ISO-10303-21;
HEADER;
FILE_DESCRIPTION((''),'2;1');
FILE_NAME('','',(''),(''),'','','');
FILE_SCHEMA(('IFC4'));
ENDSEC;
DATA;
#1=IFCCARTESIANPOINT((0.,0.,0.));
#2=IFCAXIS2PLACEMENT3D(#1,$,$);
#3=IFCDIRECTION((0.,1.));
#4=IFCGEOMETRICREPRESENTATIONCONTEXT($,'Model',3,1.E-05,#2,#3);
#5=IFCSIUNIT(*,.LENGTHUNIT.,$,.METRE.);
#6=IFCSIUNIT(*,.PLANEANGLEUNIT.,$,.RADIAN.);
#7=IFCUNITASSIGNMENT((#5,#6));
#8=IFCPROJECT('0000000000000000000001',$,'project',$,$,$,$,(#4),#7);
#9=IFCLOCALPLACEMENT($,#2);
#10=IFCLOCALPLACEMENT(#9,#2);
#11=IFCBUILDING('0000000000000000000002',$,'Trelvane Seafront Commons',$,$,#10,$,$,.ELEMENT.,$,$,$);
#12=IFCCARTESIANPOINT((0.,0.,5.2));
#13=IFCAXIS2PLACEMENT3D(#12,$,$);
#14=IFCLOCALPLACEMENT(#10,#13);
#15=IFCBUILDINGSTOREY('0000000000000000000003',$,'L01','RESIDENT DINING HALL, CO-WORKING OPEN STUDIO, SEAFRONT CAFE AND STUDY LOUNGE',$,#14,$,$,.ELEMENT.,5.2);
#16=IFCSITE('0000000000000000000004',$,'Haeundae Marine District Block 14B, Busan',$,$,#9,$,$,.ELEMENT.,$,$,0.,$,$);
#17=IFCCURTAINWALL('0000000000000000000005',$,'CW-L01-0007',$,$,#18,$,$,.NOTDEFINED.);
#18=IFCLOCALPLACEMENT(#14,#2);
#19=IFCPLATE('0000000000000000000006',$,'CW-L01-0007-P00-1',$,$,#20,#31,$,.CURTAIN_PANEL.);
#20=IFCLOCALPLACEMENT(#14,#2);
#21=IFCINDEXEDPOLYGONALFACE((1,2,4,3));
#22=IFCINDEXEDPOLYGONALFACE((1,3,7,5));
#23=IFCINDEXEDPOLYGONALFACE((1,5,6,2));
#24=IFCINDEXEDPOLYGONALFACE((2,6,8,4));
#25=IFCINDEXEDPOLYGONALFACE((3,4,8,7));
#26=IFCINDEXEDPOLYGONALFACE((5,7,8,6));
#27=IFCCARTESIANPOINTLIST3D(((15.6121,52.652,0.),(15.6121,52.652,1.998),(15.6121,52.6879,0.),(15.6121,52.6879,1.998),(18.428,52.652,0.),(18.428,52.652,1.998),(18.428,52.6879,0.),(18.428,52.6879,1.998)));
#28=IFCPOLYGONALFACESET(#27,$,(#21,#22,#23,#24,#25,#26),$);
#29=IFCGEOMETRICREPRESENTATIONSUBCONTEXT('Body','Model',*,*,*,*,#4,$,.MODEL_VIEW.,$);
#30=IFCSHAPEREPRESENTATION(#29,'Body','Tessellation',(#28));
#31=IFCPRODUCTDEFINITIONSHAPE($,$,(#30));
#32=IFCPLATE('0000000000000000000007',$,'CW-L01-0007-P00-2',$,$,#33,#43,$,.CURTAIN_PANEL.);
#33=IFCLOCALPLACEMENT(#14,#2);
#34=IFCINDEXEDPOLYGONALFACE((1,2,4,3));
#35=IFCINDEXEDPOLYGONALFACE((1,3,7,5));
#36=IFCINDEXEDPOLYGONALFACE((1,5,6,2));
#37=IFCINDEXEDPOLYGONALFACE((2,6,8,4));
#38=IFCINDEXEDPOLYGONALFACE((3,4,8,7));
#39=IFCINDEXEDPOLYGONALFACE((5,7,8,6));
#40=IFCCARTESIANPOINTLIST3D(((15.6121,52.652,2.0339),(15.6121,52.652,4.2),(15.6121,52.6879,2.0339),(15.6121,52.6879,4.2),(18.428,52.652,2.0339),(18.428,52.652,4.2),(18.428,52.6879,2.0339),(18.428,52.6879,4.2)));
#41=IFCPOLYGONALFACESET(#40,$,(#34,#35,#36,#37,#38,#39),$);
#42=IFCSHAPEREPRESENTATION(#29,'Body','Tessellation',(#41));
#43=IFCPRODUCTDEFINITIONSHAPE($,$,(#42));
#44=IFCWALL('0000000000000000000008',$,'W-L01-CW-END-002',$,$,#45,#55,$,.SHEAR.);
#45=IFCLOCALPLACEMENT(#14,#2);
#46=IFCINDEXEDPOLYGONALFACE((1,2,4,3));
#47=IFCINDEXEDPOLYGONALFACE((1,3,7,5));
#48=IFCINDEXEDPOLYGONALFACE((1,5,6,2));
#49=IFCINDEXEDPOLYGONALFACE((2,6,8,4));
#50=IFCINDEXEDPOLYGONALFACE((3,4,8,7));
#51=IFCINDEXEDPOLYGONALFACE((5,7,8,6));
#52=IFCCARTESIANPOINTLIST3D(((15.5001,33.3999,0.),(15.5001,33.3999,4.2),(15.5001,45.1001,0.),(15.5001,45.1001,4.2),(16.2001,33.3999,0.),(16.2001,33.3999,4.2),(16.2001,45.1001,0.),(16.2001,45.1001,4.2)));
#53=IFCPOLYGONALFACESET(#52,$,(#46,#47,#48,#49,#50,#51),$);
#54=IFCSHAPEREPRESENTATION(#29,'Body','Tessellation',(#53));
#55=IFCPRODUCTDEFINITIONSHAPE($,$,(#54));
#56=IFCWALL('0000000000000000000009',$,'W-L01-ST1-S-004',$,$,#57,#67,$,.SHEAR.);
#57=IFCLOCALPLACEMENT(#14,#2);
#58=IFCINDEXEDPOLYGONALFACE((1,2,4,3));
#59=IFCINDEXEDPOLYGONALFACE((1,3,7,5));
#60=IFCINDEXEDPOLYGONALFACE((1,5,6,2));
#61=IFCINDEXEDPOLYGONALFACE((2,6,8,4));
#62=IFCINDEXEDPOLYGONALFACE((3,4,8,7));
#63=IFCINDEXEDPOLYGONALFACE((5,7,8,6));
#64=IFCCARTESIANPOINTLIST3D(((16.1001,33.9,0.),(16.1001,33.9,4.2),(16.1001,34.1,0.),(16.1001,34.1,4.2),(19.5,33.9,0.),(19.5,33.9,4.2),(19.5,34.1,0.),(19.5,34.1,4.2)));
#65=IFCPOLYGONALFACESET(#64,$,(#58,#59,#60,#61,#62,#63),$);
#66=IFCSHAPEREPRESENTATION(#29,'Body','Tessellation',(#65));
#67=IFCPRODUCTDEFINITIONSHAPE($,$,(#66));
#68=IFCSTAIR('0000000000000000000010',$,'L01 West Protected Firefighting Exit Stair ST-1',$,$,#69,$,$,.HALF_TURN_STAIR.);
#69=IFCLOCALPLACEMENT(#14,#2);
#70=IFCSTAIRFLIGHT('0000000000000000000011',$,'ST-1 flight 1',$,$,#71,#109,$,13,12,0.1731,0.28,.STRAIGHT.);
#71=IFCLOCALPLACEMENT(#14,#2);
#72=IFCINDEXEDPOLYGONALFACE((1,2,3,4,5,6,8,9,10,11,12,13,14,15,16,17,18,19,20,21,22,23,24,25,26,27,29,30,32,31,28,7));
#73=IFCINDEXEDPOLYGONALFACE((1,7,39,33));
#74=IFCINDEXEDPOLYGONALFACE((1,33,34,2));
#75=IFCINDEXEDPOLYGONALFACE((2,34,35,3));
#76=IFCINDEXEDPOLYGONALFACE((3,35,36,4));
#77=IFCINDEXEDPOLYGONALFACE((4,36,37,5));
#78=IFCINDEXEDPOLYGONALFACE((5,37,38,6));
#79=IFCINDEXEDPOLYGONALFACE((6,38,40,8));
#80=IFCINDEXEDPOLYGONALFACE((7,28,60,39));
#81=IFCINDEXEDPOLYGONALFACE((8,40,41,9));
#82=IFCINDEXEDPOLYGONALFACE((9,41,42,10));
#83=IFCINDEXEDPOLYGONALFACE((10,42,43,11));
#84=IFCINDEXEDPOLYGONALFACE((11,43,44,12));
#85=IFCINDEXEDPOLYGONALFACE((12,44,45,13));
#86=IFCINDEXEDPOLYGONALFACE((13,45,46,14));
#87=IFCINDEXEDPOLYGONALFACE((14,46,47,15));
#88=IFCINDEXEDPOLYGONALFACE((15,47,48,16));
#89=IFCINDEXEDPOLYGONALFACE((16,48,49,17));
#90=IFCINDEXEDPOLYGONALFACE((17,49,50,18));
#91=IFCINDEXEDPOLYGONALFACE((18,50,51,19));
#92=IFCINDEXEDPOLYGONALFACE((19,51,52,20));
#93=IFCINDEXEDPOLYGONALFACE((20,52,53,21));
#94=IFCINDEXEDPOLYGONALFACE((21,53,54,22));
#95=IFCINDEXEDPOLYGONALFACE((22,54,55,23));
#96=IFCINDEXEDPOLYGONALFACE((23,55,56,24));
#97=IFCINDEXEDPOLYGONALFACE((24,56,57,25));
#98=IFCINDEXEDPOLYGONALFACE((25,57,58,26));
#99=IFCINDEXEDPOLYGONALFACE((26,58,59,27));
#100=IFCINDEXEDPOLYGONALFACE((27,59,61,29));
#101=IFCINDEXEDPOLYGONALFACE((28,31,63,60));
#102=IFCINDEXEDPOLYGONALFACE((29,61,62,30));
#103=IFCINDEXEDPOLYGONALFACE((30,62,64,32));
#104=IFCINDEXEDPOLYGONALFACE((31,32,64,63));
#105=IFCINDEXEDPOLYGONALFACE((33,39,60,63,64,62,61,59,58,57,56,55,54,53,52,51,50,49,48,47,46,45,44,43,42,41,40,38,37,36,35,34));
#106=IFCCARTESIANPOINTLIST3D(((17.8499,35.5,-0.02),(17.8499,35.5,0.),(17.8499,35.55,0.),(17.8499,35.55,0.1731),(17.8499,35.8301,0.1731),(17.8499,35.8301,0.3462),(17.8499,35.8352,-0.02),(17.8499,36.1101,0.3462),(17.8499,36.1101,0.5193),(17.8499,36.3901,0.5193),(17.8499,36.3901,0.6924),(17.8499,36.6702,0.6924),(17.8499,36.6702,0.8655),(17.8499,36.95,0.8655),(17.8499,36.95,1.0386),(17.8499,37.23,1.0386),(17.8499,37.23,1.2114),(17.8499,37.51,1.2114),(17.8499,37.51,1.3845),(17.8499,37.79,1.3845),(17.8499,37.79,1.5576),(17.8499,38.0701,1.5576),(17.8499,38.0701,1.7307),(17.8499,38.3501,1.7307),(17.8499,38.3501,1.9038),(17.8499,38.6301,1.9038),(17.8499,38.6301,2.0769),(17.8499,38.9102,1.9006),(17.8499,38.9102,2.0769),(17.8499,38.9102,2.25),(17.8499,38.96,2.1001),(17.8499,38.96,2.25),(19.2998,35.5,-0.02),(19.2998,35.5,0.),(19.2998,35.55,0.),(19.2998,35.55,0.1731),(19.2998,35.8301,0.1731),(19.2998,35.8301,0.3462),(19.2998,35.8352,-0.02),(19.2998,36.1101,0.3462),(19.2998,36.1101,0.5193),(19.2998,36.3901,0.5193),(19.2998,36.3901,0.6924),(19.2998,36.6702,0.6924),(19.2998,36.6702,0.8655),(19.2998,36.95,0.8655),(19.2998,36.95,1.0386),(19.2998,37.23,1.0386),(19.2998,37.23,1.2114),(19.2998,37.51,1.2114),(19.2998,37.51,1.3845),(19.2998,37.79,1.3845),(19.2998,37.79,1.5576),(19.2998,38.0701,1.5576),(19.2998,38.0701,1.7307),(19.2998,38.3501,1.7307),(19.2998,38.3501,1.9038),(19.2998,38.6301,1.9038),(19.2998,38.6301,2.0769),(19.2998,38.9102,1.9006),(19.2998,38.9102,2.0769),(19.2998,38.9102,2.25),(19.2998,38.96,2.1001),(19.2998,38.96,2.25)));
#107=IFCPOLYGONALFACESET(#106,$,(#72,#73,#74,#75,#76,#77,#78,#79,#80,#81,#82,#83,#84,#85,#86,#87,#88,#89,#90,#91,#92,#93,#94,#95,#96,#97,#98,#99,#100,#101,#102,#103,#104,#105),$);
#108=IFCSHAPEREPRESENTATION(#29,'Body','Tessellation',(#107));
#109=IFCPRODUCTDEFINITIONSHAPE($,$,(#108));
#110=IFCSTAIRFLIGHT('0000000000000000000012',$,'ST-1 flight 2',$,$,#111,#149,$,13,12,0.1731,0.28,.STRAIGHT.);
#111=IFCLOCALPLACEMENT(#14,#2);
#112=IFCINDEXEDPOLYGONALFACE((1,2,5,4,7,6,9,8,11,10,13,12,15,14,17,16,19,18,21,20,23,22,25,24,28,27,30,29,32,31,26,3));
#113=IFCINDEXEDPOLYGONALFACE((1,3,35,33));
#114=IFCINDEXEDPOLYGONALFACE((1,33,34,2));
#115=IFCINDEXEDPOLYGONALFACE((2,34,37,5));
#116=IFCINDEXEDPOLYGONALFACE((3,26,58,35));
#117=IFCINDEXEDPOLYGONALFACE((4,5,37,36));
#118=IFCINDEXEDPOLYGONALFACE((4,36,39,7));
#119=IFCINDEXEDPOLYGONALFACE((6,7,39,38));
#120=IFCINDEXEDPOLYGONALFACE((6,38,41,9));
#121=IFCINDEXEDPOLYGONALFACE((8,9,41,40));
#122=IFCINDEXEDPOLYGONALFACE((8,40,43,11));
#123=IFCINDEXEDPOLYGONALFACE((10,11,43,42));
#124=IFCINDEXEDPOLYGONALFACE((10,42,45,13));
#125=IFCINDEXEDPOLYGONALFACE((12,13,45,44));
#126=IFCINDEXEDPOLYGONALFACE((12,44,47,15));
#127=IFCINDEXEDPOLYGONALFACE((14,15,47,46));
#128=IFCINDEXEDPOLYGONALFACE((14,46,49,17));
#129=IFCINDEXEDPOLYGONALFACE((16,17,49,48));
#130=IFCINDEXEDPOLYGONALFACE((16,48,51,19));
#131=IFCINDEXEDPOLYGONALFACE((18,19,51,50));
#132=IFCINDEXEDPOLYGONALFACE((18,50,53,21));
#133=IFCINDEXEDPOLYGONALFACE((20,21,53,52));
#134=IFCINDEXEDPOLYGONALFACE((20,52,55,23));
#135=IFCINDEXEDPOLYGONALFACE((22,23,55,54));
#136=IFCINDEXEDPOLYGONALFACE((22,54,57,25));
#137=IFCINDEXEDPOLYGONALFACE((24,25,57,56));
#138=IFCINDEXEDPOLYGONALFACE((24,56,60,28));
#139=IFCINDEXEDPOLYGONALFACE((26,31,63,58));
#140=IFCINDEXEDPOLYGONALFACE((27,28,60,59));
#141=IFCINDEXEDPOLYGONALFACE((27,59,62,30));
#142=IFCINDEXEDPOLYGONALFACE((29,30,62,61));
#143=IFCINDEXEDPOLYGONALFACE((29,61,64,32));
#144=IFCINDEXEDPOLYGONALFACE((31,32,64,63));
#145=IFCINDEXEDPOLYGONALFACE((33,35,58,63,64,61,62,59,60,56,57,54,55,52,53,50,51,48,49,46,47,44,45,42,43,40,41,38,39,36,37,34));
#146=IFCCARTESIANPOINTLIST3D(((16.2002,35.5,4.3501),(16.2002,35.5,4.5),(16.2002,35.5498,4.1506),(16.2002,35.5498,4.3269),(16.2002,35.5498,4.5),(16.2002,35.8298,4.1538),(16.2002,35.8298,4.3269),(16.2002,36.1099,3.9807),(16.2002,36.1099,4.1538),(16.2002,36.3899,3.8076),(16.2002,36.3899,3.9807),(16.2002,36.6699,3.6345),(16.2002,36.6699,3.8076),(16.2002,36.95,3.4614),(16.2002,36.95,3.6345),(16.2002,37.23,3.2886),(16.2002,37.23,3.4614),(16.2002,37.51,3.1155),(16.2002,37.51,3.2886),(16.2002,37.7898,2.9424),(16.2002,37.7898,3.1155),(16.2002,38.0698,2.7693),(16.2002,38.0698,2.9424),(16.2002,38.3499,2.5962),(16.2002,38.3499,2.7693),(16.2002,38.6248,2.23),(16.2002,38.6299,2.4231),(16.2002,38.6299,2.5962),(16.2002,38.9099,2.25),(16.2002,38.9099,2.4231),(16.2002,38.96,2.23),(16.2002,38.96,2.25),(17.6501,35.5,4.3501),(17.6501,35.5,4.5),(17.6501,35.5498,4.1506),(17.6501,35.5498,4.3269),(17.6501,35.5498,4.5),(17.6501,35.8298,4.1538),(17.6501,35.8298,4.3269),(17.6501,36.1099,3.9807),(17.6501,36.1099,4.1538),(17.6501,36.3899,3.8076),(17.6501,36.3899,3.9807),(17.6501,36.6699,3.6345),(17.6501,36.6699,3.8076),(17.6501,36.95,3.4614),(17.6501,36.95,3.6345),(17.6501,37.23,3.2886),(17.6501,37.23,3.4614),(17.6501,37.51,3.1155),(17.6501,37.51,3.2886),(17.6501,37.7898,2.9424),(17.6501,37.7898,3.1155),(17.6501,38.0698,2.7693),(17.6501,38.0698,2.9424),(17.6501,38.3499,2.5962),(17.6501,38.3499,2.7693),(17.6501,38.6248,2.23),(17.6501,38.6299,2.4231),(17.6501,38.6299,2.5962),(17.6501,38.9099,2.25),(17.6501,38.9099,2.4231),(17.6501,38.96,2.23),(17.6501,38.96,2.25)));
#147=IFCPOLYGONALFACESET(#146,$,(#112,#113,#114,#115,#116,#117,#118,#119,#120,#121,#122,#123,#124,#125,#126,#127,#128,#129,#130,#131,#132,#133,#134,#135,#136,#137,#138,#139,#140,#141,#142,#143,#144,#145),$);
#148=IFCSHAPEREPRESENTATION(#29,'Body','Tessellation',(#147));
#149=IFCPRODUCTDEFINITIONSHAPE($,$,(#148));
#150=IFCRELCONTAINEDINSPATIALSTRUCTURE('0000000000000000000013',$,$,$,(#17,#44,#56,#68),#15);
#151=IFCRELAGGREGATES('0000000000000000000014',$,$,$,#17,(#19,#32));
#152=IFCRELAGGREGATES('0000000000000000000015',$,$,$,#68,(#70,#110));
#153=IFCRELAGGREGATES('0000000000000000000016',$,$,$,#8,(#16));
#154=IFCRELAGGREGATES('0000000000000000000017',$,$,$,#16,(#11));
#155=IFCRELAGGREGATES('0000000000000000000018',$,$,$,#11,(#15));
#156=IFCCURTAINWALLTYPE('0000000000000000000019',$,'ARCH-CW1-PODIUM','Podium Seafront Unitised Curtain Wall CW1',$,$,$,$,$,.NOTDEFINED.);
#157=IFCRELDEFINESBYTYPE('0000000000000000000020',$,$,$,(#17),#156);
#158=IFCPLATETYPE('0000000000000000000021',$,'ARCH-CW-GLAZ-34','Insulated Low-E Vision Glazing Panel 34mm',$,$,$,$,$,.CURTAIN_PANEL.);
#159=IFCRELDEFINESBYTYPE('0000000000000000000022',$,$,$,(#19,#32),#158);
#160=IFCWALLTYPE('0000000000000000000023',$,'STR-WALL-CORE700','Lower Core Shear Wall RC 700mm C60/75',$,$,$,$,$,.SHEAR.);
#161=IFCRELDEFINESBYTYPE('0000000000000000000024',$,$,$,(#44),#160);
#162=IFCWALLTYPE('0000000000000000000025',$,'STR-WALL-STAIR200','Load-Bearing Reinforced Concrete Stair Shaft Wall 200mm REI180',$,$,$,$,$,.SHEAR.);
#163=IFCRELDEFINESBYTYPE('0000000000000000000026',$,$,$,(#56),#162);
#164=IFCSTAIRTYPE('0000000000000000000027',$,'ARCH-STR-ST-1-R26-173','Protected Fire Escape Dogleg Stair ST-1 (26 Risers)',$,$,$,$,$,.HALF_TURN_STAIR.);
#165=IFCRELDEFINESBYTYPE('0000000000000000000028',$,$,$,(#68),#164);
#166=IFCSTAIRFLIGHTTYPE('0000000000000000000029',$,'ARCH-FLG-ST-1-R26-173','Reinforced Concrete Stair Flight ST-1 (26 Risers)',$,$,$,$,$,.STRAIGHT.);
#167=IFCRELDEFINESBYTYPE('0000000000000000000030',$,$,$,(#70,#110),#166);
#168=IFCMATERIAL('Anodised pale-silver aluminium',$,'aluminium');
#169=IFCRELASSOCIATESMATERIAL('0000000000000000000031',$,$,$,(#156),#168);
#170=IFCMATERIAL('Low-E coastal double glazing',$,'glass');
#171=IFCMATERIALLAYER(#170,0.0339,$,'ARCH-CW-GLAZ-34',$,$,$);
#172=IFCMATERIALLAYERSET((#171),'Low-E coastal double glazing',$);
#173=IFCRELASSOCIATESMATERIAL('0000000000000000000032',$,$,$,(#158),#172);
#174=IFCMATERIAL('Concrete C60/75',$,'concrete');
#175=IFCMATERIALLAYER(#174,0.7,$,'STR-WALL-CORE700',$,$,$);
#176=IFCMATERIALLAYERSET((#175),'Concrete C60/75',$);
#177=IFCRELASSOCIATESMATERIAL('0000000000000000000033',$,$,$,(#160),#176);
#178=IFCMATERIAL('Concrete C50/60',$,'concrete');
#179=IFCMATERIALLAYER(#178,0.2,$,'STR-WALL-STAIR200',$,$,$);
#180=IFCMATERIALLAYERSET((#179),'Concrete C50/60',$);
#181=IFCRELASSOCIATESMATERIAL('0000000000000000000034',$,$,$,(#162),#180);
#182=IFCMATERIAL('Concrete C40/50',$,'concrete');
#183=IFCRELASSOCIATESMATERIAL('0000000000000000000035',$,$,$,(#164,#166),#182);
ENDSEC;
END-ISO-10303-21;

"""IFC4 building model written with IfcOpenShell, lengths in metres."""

from ifc_helpers import new_model, si_unit, direction, frame, frame_2d, origin, origin_2d, place, context, subcontext, project, spatial, polyline, rectangle, outline, extrude, source, transform, mapped, material, layer, layer_set, type_object, element, aggregate, save


model = new_model("IFC4")

# Units and contexts
model_context = context("Model", 3, precision=1e-05, world=origin(), true_north=direction((0.0, 1.0)))
body_context = subcontext(model_context, "Body", "Model", "MODEL_VIEW")
ifc_project = project(units=[si_unit("LENGTHUNIT", "METRE"), si_unit("PLANEANGLEUNIT", "RADIAN")], contexts=[model_context])

# Site, building, storey
site_placement = place(None, origin())
site = spatial("IfcSite", under=ifc_project, at=site_placement, Name="Haeundae Marine District Block 14B, Busan", CompositionType="ELEMENT", RefElevation=0.0)
building_placement = place(site_placement, origin())
building = spatial("IfcBuilding", under=site, at=building_placement, Name="Trelvane Seafront Commons", CompositionType="ELEMENT")
storey_placement = place(building_placement, frame((0.0, 0.0, 5.2)))
storey = spatial("IfcBuildingStorey", under=building, at=storey_placement, Name="L01", Description="RESIDENT DINING HALL, CO-WORKING OPEN STUDIO, SEAFRONT CAFE AND STUDY LOUNGE", CompositionType="ELEMENT", Elevation=5.2)

# Shared definitions
ifc_material_1 = material(Name="Concrete C60/75", Category="concrete")

# Shared definitions
ifc_material_2 = material(Name="Concrete C50/60", Category="concrete")

# Curtain wall, plates
ifc_material_3 = material(Name="Anodised pale-silver aluminium", Category="aluminium")
curtain_wall_type = type_object("IfcCurtainWallType", Name="ARCH-CW1-PODIUM", Description="Podium Seafront Unitised Curtain Wall CW1", PredefinedType="NOTDEFINED", material=ifc_material_3)
curtain_wall_placement = place(storey_placement, origin())
curtain_wall = element("IfcCurtainWall", 1, at=curtain_wall_placement, inside=storey, type_object=curtain_wall_type, Name="CW-L01-0007", PredefinedType="NOTDEFINED")
ifc_material_4 = material(Name="Low-E coastal double glazing", Category="glass")
ifc_layer_1 = layer(ifc_material_4, 0.0339, Name="ARCH-CW-GLAZ-34")
ifc_layer_set_1 = layer_set([ifc_layer_1], Name="Low-E coastal double glazing")
plate_type = type_object("IfcPlateType", Name="ARCH-CW-GLAZ-34", Description="Insulated Low-E Vision Glazing Panel 34mm", PredefinedType="CURTAIN_PANEL", material=ifc_layer_set_1)
shared_shape_1 = source(origin(), body_context, "Body", "SweptSolid", [
    extrude(rectangle(XDim=2.8159, YDim=0.0359, at=origin_2d()), origin(), (0.0, 0.0, 1.0), 1.998),
])
plate_1_placement = place(storey_placement, frame((17.02, 52.6699, 0.0), z_axis=(0.0, 0.0, 1.0), x_axis=(1.0, 0.0, 0.0)))
plate_1 = element("IfcPlate", 2, at=plate_1_placement, type_object=plate_type, Name="CW-L01-0007-P00-1", PredefinedType="CURTAIN_PANEL", context=body_context, shape_type="MappedRepresentation", body=[
    mapped(shared_shape_1, transform((0.0, 0.0, 0.0), x_axis=(1.0, 0.0, 0.0), y_axis=(0.0, 1.0, 0.0), z_axis=(0.0, 0.0, 1.0), scale=1.0)),
])
shared_shape_2 = source(origin(), body_context, "Body", "SweptSolid", [
    extrude(rectangle(XDim=2.8159, YDim=0.0359, at=origin_2d()), origin(), (0.0, 0.0, 1.0), 2.166),
])
plate_2_placement = place(storey_placement, frame((17.02, 52.6699, 2.0339), z_axis=(0.0, 0.0, 1.0), x_axis=(1.0, 0.0, 0.0)))
plate_2 = element("IfcPlate", 3, at=plate_2_placement, type_object=plate_type, Name="CW-L01-0007-P00-2", PredefinedType="CURTAIN_PANEL", context=body_context, shape_type="MappedRepresentation", body=[
    mapped(shared_shape_2, transform((0.0, 0.0, 0.0), x_axis=(1.0, 0.0, 0.0), y_axis=(0.0, 1.0, 0.0), z_axis=(0.0, 0.0, 1.0), scale=1.0)),
])
aggregate(curtain_wall, [plate_1, plate_2])

# Walls
ifc_layer_2 = layer(ifc_material_1, 0.7, Name="STR-WALL-CORE700")
ifc_layer_set_2 = layer_set([ifc_layer_2], Name="Concrete C60/75")
wall_type_1 = type_object("IfcWallType", Name="STR-WALL-CORE700", Description="Lower Core Shear Wall RC 700mm C60/75", PredefinedType="SHEAR", material=ifc_layer_set_2)
wall_1_placement = place(storey_placement, frame((15.8501, 33.3999, 0.0), z_axis=(0.0, 0.0, 1.0), x_axis=(0.0, 1.0, 0.0)))
element("IfcWall", 4, at=wall_1_placement, inside=storey, type_object=wall_type_1, Name="W-L01-CW-END-002", PredefinedType="SHEAR", context=body_context, shape_type="SweptSolid", body=[
    extrude(rectangle(XDim=11.7002, YDim=0.7, at=frame_2d((5.8501, 0.0))), origin(), (0.0, 0.0, 1.0), 4.2),
])
ifc_layer_3 = layer(ifc_material_2, 0.2, Name="STR-WALL-STAIR200")
ifc_layer_set_3 = layer_set([ifc_layer_3], Name="Concrete C50/60")
wall_type_2 = type_object("IfcWallType", Name="STR-WALL-STAIR200", Description="Load-Bearing Reinforced Concrete Stair Shaft Wall 200mm REI180", PredefinedType="SHEAR", material=ifc_layer_set_3)
wall_2_placement = place(storey_placement, frame((16.1001, 34.0, 0.0), z_axis=(0.0, 0.0, 1.0), x_axis=(1.0, 0.0, 0.0)))
element("IfcWall", 5, at=wall_2_placement, inside=storey, type_object=wall_type_2, Name="W-L01-ST1-S-004", PredefinedType="SHEAR", context=body_context, shape_type="SweptSolid", body=[
    extrude(rectangle(XDim=3.3999, YDim=0.2, at=frame_2d((1.7, 0.0))), origin(), (0.0, 0.0, 1.0), 4.2),
])

# Stair, stair flights
ifc_material_5 = material(Name="Concrete C40/50", Category="concrete")
stair_type = type_object("IfcStairType", Name="ARCH-STR-ST-1-R26-173", Description="Protected Fire Escape Dogleg Stair ST-1 (26 Risers)", PredefinedType="HALF_TURN_STAIR", material=ifc_material_5)
stair_placement = place(storey_placement, origin())
stair = element("IfcStair", 6, at=stair_placement, inside=storey, type_object=stair_type, Name="L01 West Protected Firefighting Exit Stair ST-1", PredefinedType="HALF_TURN_STAIR")
stair_flight_type = type_object("IfcStairFlightType", Name="ARCH-FLG-ST-1-R26-173", Description="Reinforced Concrete Stair Flight ST-1 (26 Risers)", PredefinedType="STRAIGHT", material=ifc_material_5)
shared_shape_3 = source(origin(), body_context, "Body", "SweptSolid", [
    extrude(outline(polyline([(-0.05, -0.02), (-0.05, 0.0), (0.0, 0.0), (0.0, 0.1731), (0.28, 0.1731), (0.28, 0.3462), (0.5601, 0.3462), (0.5601, 0.5193), (0.8401, 0.5193), (0.8401, 0.6924), (1.1201, 0.6924), (1.1201, 0.8655), (1.3999, 0.8655), (1.3999, 1.0386), (1.6799, 1.0386), (1.6799, 1.2114), (1.96, 1.2114), (1.96, 1.3845), (2.24, 1.3845), (2.24, 1.5576), (2.52, 1.5576), (2.52, 1.7307), (2.8, 1.7307), (2.8, 1.9038), (3.0801, 1.9038), (3.0801, 2.0769), (3.3601, 2.0769), (3.3601, 2.25), (3.4099, 2.25), (3.4099, 2.1001), (3.3601, 1.9006), (0.2852, -0.02), (-0.05, -0.02)])), frame((0.0, 0.7251, 0.0), z_axis=(0.0, -1.0, 0.0), x_axis=(1.0, 0.0, 0.0)), (0.0, 0.0, 1.0), 1.45),
])
stair_flight_1_placement = place(storey_placement, frame((18.575, 35.55, 0.0), z_axis=(0.0, 0.0, 1.0), x_axis=(0.0, 1.0, 0.0)))
stair_flight_1 = element("IfcStairFlight", 7, at=stair_flight_1_placement, type_object=stair_flight_type, Name="ST-1 flight 1", NumberOfRisers=13, NumberOfTreads=12, PredefinedType="STRAIGHT", RiserHeight=0.1731, TreadLength=0.28, context=body_context, shape_type="MappedRepresentation", body=[
    mapped(shared_shape_3, transform((0.0, 0.0, 0.0), x_axis=(1.0, 0.0, 0.0), y_axis=(0.0, 1.0, 0.0), z_axis=(0.0, 0.0, 1.0), scale=1.0)),
])
stair_flight_2_placement = place(storey_placement, frame((16.925, 38.9099, 2.25), z_axis=(0.0, 0.0, 1.0), x_axis=(0.0, -1.0, 0.0)))
stair_flight_2 = element("IfcStairFlight", 8, at=stair_flight_2_placement, type_object=stair_flight_type, Name="ST-1 flight 2", NumberOfRisers=13, NumberOfTreads=12, PredefinedType="STRAIGHT", RiserHeight=0.1731, TreadLength=0.28, context=body_context, shape_type="MappedRepresentation", body=[
    mapped(shared_shape_3, transform((0.0, 0.0, 0.0), x_axis=(1.0, 0.0, 0.0), y_axis=(0.0, 1.0, 0.0), z_axis=(0.0, 0.0, 1.0), scale=1.0)),
])
aggregate(stair, [stair_flight_1, stair_flight_2])

save(model, "model.ifc")
